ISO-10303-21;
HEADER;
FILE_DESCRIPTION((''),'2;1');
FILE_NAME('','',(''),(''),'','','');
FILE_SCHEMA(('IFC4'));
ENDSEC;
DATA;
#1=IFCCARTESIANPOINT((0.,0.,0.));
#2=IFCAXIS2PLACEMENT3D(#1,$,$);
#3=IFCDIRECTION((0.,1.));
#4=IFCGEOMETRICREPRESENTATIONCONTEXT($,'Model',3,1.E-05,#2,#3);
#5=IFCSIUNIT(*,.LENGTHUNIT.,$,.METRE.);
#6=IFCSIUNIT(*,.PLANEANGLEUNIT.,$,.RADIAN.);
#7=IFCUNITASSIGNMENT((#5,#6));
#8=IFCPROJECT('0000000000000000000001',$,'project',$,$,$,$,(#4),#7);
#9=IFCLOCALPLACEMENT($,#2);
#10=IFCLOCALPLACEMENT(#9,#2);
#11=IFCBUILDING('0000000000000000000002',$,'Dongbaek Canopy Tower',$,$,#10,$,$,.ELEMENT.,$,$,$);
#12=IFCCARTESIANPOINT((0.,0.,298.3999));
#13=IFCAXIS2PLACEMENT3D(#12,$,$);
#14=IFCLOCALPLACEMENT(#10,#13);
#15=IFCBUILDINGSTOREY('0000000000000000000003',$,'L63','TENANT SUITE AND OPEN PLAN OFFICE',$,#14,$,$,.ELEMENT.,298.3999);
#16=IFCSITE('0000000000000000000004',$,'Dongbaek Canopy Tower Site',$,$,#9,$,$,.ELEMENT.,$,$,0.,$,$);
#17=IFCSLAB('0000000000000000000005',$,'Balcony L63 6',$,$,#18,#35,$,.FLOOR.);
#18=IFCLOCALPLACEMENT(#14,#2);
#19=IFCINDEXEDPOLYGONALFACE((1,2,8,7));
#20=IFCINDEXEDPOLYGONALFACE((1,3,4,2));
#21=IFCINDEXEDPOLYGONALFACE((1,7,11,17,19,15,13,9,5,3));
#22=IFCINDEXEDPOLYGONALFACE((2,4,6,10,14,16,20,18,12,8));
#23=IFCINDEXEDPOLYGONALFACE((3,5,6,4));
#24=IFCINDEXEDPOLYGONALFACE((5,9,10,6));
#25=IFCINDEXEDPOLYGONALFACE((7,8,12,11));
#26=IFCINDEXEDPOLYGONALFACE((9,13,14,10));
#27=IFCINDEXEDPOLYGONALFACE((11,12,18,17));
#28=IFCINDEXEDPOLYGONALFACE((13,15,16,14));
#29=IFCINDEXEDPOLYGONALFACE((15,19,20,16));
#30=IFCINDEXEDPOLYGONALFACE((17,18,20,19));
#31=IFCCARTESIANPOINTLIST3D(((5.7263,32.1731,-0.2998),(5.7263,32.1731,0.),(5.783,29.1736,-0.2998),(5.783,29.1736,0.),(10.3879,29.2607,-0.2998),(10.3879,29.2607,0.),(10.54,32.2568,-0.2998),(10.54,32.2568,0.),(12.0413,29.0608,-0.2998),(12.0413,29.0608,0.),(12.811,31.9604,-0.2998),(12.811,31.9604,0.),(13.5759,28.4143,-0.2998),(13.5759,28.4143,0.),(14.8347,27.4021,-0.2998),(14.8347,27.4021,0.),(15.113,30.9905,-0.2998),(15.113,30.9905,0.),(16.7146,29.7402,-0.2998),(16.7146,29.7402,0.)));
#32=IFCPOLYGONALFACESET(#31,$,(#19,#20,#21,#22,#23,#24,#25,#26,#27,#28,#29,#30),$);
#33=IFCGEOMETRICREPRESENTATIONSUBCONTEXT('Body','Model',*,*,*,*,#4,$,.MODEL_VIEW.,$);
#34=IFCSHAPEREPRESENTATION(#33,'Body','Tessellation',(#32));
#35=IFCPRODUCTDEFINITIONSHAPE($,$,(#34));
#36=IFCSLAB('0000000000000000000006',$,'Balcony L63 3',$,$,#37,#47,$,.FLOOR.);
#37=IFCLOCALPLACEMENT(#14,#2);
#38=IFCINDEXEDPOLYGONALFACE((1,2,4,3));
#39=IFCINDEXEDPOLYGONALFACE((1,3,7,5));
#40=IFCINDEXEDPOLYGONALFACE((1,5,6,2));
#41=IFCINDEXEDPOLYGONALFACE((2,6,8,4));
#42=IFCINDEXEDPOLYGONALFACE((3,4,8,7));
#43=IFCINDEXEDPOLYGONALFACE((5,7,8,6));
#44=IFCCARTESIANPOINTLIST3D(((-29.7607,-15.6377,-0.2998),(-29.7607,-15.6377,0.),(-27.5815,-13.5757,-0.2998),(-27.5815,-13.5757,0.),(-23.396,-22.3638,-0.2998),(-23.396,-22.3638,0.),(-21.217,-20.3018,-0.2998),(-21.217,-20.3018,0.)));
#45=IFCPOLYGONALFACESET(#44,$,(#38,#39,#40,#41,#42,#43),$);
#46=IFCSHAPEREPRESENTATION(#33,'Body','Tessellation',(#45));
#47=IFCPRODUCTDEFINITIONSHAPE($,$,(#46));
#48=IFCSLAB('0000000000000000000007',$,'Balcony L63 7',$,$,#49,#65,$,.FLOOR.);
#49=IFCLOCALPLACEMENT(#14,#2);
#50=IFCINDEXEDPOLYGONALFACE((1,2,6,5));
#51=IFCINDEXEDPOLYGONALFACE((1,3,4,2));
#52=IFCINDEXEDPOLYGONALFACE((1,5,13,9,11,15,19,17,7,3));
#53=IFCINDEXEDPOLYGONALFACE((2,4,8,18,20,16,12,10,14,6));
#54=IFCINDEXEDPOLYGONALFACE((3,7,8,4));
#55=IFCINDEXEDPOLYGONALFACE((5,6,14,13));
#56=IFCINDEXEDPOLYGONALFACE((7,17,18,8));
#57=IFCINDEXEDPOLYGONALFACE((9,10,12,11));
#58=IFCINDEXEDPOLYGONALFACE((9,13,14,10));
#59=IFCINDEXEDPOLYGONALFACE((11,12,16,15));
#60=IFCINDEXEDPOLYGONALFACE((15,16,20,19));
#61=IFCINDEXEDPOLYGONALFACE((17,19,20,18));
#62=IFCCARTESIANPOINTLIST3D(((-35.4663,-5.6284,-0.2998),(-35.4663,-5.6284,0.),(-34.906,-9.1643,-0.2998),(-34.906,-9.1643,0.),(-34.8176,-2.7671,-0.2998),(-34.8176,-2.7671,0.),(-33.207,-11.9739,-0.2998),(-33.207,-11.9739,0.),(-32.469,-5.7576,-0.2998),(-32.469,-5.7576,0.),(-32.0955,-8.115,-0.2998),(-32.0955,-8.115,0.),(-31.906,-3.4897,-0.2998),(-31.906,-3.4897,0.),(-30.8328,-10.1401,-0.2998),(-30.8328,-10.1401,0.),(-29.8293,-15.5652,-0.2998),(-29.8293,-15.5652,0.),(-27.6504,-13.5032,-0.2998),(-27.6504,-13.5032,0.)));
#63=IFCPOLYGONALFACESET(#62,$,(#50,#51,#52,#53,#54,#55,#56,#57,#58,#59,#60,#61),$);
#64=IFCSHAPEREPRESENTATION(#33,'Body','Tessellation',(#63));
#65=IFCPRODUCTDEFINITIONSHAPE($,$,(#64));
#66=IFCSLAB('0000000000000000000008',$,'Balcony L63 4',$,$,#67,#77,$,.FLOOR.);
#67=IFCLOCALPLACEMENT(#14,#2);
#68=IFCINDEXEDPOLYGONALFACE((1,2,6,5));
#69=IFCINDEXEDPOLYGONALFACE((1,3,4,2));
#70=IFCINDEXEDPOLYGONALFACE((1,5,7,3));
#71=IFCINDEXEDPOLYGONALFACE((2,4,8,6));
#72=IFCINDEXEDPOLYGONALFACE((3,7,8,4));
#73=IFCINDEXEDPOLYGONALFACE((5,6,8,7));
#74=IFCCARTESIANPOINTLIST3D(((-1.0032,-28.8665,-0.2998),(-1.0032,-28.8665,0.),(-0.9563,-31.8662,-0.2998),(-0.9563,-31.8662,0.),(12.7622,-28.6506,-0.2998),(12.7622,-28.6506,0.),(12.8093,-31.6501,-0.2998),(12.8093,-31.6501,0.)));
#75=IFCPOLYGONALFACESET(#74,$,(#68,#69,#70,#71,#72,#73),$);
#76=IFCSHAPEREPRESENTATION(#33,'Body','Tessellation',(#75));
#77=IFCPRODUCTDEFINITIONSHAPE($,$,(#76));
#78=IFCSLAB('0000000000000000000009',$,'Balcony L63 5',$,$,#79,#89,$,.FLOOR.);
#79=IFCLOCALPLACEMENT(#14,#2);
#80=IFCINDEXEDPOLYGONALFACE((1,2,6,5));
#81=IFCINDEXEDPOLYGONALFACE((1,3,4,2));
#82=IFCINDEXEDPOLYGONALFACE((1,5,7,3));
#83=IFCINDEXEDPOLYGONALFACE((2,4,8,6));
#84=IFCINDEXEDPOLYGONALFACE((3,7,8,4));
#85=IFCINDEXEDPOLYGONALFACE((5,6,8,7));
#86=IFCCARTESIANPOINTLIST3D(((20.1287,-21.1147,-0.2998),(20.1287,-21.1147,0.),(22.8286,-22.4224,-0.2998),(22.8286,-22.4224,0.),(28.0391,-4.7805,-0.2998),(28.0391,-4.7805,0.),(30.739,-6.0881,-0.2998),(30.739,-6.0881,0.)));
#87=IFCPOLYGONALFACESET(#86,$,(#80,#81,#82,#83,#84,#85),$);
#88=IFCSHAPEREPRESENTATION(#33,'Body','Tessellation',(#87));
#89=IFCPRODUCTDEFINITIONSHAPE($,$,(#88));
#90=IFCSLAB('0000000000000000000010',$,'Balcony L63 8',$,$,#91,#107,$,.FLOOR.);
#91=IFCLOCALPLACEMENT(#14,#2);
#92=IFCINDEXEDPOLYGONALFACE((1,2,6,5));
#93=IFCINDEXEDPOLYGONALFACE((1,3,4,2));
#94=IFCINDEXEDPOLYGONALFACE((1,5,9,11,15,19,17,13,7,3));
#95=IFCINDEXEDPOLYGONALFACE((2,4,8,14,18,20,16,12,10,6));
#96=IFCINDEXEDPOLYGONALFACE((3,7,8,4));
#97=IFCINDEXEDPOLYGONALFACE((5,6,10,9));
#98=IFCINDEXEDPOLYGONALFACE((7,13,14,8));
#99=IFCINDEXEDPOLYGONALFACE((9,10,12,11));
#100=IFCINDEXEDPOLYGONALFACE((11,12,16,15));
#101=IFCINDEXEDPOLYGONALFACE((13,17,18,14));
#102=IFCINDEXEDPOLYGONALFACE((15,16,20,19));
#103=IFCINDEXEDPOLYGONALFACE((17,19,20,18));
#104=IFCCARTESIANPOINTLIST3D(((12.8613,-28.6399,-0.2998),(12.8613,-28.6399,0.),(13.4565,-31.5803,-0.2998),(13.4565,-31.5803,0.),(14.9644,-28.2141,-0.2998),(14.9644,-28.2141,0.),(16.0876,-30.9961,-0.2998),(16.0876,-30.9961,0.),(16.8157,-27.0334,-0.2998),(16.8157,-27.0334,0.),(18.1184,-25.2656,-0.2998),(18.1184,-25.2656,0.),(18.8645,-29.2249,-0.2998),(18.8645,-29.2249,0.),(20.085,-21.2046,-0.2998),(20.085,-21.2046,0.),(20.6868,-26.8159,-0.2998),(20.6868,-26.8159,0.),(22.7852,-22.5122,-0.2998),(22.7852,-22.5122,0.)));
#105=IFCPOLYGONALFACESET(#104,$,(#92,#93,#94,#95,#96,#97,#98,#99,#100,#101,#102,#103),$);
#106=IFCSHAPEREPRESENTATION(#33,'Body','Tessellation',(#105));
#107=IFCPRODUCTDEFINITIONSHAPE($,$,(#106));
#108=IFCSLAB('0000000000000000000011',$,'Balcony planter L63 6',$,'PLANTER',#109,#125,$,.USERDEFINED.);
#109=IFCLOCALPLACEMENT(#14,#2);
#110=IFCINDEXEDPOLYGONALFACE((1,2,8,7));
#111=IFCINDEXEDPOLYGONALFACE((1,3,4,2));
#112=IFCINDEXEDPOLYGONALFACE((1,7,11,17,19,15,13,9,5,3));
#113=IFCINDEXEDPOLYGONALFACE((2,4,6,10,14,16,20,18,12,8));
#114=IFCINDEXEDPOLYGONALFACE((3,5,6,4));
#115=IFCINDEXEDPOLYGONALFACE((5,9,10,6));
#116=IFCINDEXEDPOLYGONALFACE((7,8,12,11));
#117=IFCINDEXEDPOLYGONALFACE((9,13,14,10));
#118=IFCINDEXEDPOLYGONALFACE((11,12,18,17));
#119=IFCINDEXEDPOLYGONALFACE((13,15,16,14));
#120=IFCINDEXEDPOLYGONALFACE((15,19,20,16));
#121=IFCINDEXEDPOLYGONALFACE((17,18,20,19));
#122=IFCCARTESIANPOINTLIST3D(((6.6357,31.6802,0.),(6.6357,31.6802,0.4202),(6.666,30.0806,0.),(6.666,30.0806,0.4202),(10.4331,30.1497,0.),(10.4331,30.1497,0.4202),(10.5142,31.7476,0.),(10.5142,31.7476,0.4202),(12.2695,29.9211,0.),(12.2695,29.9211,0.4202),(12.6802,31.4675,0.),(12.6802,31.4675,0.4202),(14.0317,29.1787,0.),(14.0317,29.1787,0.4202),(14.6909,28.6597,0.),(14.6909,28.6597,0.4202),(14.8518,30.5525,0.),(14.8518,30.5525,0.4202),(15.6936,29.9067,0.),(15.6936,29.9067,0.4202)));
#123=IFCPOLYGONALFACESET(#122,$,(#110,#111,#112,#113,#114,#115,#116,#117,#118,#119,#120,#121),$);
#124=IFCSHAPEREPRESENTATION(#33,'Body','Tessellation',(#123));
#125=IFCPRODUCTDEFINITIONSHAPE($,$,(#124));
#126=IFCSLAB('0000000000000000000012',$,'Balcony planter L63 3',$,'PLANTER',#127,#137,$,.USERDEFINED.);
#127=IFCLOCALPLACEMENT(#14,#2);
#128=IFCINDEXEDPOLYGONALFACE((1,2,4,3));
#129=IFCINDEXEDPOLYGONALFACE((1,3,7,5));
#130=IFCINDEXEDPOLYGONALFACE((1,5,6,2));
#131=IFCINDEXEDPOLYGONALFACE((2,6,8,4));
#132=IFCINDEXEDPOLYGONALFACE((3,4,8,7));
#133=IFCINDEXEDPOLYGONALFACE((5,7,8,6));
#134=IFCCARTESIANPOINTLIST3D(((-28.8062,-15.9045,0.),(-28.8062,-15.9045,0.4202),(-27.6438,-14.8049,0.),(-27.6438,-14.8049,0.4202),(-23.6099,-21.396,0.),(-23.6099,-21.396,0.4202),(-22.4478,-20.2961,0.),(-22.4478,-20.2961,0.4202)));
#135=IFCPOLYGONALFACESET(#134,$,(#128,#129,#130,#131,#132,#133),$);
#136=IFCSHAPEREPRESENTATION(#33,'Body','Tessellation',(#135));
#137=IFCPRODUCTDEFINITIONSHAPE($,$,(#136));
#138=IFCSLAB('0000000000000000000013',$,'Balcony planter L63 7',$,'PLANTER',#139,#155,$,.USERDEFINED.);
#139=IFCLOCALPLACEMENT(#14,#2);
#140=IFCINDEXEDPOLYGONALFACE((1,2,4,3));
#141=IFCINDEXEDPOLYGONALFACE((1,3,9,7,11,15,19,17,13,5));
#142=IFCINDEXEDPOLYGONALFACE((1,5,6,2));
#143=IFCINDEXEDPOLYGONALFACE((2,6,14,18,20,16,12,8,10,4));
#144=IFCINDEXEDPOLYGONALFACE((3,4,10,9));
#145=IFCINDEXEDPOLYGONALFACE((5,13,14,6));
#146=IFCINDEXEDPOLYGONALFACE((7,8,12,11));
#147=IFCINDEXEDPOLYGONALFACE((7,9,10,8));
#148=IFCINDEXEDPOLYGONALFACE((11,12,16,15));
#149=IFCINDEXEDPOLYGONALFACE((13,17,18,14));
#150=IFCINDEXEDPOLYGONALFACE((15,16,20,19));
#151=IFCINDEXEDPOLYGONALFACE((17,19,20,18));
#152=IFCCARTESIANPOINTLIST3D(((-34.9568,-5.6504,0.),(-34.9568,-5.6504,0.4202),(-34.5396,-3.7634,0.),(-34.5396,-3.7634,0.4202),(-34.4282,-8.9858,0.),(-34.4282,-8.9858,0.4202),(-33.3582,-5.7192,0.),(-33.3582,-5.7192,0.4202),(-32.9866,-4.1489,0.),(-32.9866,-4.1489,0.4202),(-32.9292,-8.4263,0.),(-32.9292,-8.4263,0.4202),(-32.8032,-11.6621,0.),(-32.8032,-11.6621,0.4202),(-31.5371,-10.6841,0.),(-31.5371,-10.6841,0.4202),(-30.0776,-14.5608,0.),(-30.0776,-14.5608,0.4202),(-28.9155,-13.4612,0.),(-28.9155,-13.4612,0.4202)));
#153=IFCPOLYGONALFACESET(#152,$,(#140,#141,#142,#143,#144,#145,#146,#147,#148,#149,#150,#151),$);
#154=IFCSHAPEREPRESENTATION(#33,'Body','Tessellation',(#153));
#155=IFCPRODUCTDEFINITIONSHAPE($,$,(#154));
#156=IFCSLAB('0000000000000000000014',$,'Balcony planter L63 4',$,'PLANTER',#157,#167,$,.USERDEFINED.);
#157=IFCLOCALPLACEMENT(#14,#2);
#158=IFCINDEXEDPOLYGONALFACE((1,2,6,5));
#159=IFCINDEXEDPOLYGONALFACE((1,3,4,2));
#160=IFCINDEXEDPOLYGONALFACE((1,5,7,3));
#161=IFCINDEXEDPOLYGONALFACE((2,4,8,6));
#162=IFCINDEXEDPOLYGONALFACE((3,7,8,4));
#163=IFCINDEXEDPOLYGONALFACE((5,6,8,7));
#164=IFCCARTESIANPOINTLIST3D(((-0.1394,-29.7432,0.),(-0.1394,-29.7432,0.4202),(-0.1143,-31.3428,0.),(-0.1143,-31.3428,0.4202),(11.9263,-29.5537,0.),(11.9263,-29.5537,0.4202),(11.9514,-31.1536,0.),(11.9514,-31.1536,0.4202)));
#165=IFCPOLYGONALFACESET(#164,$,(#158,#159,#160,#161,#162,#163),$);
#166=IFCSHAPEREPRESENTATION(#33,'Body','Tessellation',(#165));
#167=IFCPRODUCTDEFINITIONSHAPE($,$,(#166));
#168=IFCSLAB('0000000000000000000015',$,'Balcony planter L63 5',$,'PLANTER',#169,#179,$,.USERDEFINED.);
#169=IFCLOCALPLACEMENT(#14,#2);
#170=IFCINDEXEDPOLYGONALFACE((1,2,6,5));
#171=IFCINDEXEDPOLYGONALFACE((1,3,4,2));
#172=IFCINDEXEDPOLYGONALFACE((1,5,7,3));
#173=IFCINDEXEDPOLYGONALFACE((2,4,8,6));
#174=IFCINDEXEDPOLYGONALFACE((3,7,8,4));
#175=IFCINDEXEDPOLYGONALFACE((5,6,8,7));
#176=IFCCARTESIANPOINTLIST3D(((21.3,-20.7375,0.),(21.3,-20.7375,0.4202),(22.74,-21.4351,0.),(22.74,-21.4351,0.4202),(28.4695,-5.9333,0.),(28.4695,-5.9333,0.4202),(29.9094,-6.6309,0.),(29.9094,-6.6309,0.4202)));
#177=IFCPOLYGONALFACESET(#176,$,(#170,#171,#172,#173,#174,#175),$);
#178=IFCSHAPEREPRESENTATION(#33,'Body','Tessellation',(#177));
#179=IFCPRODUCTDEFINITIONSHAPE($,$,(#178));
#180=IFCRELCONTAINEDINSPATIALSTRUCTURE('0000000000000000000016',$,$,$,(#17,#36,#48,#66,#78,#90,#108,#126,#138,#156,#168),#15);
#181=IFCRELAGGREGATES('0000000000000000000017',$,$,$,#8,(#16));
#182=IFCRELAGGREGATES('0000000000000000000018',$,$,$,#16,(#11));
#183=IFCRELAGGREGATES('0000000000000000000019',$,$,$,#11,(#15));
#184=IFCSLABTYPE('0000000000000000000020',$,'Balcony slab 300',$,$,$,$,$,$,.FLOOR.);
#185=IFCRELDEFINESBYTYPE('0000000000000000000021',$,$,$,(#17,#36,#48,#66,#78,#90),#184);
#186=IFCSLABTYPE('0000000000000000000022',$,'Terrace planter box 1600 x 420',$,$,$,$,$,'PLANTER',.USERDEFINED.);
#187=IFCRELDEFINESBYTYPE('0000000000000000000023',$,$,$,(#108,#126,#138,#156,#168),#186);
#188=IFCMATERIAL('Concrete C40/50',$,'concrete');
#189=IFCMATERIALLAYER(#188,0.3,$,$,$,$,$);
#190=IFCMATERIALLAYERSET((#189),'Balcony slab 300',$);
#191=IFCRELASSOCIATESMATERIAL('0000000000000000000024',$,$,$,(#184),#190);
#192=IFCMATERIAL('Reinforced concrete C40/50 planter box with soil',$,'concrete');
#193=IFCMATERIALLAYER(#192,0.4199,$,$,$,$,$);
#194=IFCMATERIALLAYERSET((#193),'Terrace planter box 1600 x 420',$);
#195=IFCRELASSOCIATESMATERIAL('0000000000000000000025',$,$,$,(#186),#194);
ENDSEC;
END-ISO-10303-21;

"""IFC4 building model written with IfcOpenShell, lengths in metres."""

from ifc_helpers import new_model, si_unit, direction, frame, origin, place, context, subcontext, project, spatial, polyline, outline, extrude, material, layer, layer_set, type_object, element, save


model = new_model("IFC4")

# Units and contexts
model_context = context("Model", 3, precision=1e-05, world=origin(), true_north=direction((0.0, 1.0)))
body_context = subcontext(model_context, "Body", "Model", "MODEL_VIEW")
ifc_project = project(units=[si_unit("LENGTHUNIT", "METRE"), si_unit("PLANEANGLEUNIT", "RADIAN")], contexts=[model_context])

# Site, building, storey
site_placement = place(None, origin())
site = spatial("IfcSite", under=ifc_project, at=site_placement, Name="Dongbaek Canopy Tower Site", CompositionType="ELEMENT", RefElevation=0.0)
building_placement = place(site_placement, origin())
building = spatial("IfcBuilding", under=site, at=building_placement, Name="Dongbaek Canopy Tower", CompositionType="ELEMENT")
storey_placement = place(building_placement, frame((0.0, 0.0, 298.3999)))
storey = spatial("IfcBuildingStorey", under=building, at=storey_placement, Name="L63", Description="TENANT SUITE AND OPEN PLAN OFFICE", CompositionType="ELEMENT", Elevation=298.3999)

# Slabs
ifc_material_1 = material(Name="Concrete C40/50", Category="concrete")
ifc_layer_1 = layer(ifc_material_1, 0.3)
ifc_layer_set_1 = layer_set([ifc_layer_1], Name="Balcony slab 300")
slab_type_1 = type_object("IfcSlabType", Name="Balcony slab 300", PredefinedType="FLOOR", material=ifc_layer_set_1)
slab_1_placement = place(storey_placement, frame((0.0, 0.0, -0.2998)))
element("IfcSlab", 1, at=slab_1_placement, inside=storey, type_object=slab_type_1, Name="Balcony L63 6", PredefinedType="FLOOR", context=body_context, shape_type="SweptSolid", body=[
    extrude(outline(polyline([(14.8347, 27.4021), (13.5759, 28.4143), (12.0413, 29.0608), (10.3879, 29.2607), (5.783, 29.1736), (5.7263, 32.1731), (10.54, 32.2568), (12.811, 31.9604), (15.113, 30.9905), (16.7146, 29.7402), (14.8347, 27.4021)])), origin(), (0.0, 0.0, 1.0), 0.2998),
])
slab_2_placement = place(storey_placement, frame((0.0, 0.0, -0.2998)))
element("IfcSlab", 2, at=slab_2_placement, inside=storey, type_object=slab_type_1, Name="Balcony L63 3", PredefinedType="FLOOR", context=body_context, shape_type="SweptSolid", body=[
    extrude(outline(polyline([(-27.5815, -13.5757), (-21.217, -20.3018), (-23.396, -22.3638), (-29.7607, -15.6377), (-27.5815, -13.5757)])), origin(), (0.0, 0.0, 1.0), 0.2998),
])
slab_3_placement = place(storey_placement, frame((0.0, 0.0, -0.2998)))
element("IfcSlab", 3, at=slab_3_placement, inside=storey, type_object=slab_type_1, Name="Balcony L63 7", PredefinedType="FLOOR", context=body_context, shape_type="SweptSolid", body=[
    extrude(outline(polyline([(-31.906, -3.4897), (-32.469, -5.7576), (-32.0955, -8.115), (-30.8328, -10.1401), (-27.6504, -13.5032), (-29.8293, -15.5652), (-33.207, -11.9739), (-34.906, -9.1643), (-35.4663, -5.6284), (-34.8176, -2.7671), (-31.906, -3.4897)])), origin(), (0.0, 0.0, 1.0), 0.2998),
])
slab_4_placement = place(storey_placement, frame((0.0, 0.0, -0.2998)))
element("IfcSlab", 4, at=slab_4_placement, inside=storey, type_object=slab_type_1, Name="Balcony L63 4", PredefinedType="FLOOR", context=body_context, shape_type="SweptSolid", body=[
    extrude(outline(polyline([(-1.0032, -28.8665), (12.7622, -28.6506), (12.8093, -31.6501), (-0.9563, -31.8662), (-1.0032, -28.8665)])), origin(), (0.0, 0.0, 1.0), 0.2998),
])
slab_5_placement = place(storey_placement, frame((0.0, 0.0, -0.2998)))
element("IfcSlab", 5, at=slab_5_placement, inside=storey, type_object=slab_type_1, Name="Balcony L63 5", PredefinedType="FLOOR", context=body_context, shape_type="SweptSolid", body=[
    extrude(outline(polyline([(20.1287, -21.1147), (28.0391, -4.7805), (30.739, -6.0881), (22.8286, -22.4224), (20.1287, -21.1147)])), origin(), (0.0, 0.0, 1.0), 0.2998),
])
slab_6_placement = place(storey_placement, frame((0.0, 0.0, -0.2998)))
element("IfcSlab", 6, at=slab_6_placement, inside=storey, type_object=slab_type_1, Name="Balcony L63 8", PredefinedType="FLOOR", context=body_context, shape_type="SweptSolid", body=[
    extrude(outline(polyline([(12.8613, -28.6399), (14.9644, -28.2141), (16.8157, -27.0334), (18.1184, -25.2656), (20.085, -21.2046), (22.7852, -22.5122), (20.6868, -26.8159), (18.8645, -29.2249), (16.0876, -30.9961), (13.4565, -31.5803), (12.8613, -28.6399)])), origin(), (0.0, 0.0, 1.0), 0.2998),
])
ifc_material_2 = material(Name="Reinforced concrete C40/50 planter box with soil", Category="concrete")
ifc_layer_2 = layer(ifc_material_2, 0.4199)
ifc_layer_set_2 = layer_set([ifc_layer_2], Name="Terrace planter box 1600 x 420")
slab_type_2 = type_object("IfcSlabType", Name="Terrace planter box 1600 x 420", ElementType="PLANTER", PredefinedType="USERDEFINED", material=ifc_layer_set_2)
slab_7_placement = place(storey_placement, origin())
element("IfcSlab", 7, at=slab_7_placement, inside=storey, type_object=slab_type_2, Name="Balcony planter L63 6", ObjectType="PLANTER", PredefinedType="USERDEFINED", context=body_context, shape_type="SweptSolid", body=[
    extrude(outline(polyline([(14.6909, 28.6597), (14.0317, 29.1787), (12.2695, 29.9211), (10.4331, 30.1497), (6.666, 30.0806), (6.6357, 31.6802), (10.5142, 31.7476), (12.6802, 31.4675), (14.8518, 30.5525), (15.6936, 29.9067), (14.6909, 28.6597)])), origin(), (0.0, 0.0, 1.0), 0.4202),
])
slab_8_placement = place(storey_placement, origin())
element("IfcSlab", 8, at=slab_8_placement, inside=storey, type_object=slab_type_2, Name="Balcony planter L63 3", ObjectType="PLANTER", PredefinedType="USERDEFINED", context=body_context, shape_type="SweptSolid", body=[
    extrude(outline(polyline([(-27.6438, -14.8049), (-22.4478, -20.2961), (-23.6099, -21.396), (-28.8062, -15.9045), (-27.6438, -14.8049)])), origin(), (0.0, 0.0, 1.0), 0.4202),
])
slab_9_placement = place(storey_placement, origin())
element("IfcSlab", 9, at=slab_9_placement, inside=storey, type_object=slab_type_2, Name="Balcony planter L63 7", ObjectType="PLANTER", PredefinedType="USERDEFINED", context=body_context, shape_type="SweptSolid", body=[
    extrude(outline(polyline([(-32.9866, -4.1489), (-33.3582, -5.7192), (-32.9292, -8.4263), (-31.5371, -10.6841), (-28.9155, -13.4612), (-30.0776, -14.5608), (-32.8032, -11.6621), (-34.4282, -8.9858), (-34.9568, -5.6504), (-34.5396, -3.7634), (-32.9866, -4.1489)])), origin(), (0.0, 0.0, 1.0), 0.4202),
])
slab_10_placement = place(storey_placement, origin())
element("IfcSlab", 10, at=slab_10_placement, inside=storey, type_object=slab_type_2, Name="Balcony planter L63 4", ObjectType="PLANTER", PredefinedType="USERDEFINED", context=body_context, shape_type="SweptSolid", body=[
    extrude(outline(polyline([(-0.1394, -29.7432), (11.9263, -29.5537), (11.9514, -31.1536), (-0.1143, -31.3428), (-0.1394, -29.7432)])), origin(), (0.0, 0.0, 1.0), 0.4202),
])
slab_11_placement = place(storey_placement, origin())
element("IfcSlab", 11, at=slab_11_placement, inside=storey, type_object=slab_type_2, Name="Balcony planter L63 5", ObjectType="PLANTER", PredefinedType="USERDEFINED", context=body_context, shape_type="SweptSolid", body=[
    extrude(outline(polyline([(21.3, -20.7375), (28.4695, -5.9333), (29.9094, -6.6309), (22.74, -21.4351), (21.3, -20.7375)])), origin(), (0.0, 0.0, 1.0), 0.4202),
])

save(model, "model.ifc")
